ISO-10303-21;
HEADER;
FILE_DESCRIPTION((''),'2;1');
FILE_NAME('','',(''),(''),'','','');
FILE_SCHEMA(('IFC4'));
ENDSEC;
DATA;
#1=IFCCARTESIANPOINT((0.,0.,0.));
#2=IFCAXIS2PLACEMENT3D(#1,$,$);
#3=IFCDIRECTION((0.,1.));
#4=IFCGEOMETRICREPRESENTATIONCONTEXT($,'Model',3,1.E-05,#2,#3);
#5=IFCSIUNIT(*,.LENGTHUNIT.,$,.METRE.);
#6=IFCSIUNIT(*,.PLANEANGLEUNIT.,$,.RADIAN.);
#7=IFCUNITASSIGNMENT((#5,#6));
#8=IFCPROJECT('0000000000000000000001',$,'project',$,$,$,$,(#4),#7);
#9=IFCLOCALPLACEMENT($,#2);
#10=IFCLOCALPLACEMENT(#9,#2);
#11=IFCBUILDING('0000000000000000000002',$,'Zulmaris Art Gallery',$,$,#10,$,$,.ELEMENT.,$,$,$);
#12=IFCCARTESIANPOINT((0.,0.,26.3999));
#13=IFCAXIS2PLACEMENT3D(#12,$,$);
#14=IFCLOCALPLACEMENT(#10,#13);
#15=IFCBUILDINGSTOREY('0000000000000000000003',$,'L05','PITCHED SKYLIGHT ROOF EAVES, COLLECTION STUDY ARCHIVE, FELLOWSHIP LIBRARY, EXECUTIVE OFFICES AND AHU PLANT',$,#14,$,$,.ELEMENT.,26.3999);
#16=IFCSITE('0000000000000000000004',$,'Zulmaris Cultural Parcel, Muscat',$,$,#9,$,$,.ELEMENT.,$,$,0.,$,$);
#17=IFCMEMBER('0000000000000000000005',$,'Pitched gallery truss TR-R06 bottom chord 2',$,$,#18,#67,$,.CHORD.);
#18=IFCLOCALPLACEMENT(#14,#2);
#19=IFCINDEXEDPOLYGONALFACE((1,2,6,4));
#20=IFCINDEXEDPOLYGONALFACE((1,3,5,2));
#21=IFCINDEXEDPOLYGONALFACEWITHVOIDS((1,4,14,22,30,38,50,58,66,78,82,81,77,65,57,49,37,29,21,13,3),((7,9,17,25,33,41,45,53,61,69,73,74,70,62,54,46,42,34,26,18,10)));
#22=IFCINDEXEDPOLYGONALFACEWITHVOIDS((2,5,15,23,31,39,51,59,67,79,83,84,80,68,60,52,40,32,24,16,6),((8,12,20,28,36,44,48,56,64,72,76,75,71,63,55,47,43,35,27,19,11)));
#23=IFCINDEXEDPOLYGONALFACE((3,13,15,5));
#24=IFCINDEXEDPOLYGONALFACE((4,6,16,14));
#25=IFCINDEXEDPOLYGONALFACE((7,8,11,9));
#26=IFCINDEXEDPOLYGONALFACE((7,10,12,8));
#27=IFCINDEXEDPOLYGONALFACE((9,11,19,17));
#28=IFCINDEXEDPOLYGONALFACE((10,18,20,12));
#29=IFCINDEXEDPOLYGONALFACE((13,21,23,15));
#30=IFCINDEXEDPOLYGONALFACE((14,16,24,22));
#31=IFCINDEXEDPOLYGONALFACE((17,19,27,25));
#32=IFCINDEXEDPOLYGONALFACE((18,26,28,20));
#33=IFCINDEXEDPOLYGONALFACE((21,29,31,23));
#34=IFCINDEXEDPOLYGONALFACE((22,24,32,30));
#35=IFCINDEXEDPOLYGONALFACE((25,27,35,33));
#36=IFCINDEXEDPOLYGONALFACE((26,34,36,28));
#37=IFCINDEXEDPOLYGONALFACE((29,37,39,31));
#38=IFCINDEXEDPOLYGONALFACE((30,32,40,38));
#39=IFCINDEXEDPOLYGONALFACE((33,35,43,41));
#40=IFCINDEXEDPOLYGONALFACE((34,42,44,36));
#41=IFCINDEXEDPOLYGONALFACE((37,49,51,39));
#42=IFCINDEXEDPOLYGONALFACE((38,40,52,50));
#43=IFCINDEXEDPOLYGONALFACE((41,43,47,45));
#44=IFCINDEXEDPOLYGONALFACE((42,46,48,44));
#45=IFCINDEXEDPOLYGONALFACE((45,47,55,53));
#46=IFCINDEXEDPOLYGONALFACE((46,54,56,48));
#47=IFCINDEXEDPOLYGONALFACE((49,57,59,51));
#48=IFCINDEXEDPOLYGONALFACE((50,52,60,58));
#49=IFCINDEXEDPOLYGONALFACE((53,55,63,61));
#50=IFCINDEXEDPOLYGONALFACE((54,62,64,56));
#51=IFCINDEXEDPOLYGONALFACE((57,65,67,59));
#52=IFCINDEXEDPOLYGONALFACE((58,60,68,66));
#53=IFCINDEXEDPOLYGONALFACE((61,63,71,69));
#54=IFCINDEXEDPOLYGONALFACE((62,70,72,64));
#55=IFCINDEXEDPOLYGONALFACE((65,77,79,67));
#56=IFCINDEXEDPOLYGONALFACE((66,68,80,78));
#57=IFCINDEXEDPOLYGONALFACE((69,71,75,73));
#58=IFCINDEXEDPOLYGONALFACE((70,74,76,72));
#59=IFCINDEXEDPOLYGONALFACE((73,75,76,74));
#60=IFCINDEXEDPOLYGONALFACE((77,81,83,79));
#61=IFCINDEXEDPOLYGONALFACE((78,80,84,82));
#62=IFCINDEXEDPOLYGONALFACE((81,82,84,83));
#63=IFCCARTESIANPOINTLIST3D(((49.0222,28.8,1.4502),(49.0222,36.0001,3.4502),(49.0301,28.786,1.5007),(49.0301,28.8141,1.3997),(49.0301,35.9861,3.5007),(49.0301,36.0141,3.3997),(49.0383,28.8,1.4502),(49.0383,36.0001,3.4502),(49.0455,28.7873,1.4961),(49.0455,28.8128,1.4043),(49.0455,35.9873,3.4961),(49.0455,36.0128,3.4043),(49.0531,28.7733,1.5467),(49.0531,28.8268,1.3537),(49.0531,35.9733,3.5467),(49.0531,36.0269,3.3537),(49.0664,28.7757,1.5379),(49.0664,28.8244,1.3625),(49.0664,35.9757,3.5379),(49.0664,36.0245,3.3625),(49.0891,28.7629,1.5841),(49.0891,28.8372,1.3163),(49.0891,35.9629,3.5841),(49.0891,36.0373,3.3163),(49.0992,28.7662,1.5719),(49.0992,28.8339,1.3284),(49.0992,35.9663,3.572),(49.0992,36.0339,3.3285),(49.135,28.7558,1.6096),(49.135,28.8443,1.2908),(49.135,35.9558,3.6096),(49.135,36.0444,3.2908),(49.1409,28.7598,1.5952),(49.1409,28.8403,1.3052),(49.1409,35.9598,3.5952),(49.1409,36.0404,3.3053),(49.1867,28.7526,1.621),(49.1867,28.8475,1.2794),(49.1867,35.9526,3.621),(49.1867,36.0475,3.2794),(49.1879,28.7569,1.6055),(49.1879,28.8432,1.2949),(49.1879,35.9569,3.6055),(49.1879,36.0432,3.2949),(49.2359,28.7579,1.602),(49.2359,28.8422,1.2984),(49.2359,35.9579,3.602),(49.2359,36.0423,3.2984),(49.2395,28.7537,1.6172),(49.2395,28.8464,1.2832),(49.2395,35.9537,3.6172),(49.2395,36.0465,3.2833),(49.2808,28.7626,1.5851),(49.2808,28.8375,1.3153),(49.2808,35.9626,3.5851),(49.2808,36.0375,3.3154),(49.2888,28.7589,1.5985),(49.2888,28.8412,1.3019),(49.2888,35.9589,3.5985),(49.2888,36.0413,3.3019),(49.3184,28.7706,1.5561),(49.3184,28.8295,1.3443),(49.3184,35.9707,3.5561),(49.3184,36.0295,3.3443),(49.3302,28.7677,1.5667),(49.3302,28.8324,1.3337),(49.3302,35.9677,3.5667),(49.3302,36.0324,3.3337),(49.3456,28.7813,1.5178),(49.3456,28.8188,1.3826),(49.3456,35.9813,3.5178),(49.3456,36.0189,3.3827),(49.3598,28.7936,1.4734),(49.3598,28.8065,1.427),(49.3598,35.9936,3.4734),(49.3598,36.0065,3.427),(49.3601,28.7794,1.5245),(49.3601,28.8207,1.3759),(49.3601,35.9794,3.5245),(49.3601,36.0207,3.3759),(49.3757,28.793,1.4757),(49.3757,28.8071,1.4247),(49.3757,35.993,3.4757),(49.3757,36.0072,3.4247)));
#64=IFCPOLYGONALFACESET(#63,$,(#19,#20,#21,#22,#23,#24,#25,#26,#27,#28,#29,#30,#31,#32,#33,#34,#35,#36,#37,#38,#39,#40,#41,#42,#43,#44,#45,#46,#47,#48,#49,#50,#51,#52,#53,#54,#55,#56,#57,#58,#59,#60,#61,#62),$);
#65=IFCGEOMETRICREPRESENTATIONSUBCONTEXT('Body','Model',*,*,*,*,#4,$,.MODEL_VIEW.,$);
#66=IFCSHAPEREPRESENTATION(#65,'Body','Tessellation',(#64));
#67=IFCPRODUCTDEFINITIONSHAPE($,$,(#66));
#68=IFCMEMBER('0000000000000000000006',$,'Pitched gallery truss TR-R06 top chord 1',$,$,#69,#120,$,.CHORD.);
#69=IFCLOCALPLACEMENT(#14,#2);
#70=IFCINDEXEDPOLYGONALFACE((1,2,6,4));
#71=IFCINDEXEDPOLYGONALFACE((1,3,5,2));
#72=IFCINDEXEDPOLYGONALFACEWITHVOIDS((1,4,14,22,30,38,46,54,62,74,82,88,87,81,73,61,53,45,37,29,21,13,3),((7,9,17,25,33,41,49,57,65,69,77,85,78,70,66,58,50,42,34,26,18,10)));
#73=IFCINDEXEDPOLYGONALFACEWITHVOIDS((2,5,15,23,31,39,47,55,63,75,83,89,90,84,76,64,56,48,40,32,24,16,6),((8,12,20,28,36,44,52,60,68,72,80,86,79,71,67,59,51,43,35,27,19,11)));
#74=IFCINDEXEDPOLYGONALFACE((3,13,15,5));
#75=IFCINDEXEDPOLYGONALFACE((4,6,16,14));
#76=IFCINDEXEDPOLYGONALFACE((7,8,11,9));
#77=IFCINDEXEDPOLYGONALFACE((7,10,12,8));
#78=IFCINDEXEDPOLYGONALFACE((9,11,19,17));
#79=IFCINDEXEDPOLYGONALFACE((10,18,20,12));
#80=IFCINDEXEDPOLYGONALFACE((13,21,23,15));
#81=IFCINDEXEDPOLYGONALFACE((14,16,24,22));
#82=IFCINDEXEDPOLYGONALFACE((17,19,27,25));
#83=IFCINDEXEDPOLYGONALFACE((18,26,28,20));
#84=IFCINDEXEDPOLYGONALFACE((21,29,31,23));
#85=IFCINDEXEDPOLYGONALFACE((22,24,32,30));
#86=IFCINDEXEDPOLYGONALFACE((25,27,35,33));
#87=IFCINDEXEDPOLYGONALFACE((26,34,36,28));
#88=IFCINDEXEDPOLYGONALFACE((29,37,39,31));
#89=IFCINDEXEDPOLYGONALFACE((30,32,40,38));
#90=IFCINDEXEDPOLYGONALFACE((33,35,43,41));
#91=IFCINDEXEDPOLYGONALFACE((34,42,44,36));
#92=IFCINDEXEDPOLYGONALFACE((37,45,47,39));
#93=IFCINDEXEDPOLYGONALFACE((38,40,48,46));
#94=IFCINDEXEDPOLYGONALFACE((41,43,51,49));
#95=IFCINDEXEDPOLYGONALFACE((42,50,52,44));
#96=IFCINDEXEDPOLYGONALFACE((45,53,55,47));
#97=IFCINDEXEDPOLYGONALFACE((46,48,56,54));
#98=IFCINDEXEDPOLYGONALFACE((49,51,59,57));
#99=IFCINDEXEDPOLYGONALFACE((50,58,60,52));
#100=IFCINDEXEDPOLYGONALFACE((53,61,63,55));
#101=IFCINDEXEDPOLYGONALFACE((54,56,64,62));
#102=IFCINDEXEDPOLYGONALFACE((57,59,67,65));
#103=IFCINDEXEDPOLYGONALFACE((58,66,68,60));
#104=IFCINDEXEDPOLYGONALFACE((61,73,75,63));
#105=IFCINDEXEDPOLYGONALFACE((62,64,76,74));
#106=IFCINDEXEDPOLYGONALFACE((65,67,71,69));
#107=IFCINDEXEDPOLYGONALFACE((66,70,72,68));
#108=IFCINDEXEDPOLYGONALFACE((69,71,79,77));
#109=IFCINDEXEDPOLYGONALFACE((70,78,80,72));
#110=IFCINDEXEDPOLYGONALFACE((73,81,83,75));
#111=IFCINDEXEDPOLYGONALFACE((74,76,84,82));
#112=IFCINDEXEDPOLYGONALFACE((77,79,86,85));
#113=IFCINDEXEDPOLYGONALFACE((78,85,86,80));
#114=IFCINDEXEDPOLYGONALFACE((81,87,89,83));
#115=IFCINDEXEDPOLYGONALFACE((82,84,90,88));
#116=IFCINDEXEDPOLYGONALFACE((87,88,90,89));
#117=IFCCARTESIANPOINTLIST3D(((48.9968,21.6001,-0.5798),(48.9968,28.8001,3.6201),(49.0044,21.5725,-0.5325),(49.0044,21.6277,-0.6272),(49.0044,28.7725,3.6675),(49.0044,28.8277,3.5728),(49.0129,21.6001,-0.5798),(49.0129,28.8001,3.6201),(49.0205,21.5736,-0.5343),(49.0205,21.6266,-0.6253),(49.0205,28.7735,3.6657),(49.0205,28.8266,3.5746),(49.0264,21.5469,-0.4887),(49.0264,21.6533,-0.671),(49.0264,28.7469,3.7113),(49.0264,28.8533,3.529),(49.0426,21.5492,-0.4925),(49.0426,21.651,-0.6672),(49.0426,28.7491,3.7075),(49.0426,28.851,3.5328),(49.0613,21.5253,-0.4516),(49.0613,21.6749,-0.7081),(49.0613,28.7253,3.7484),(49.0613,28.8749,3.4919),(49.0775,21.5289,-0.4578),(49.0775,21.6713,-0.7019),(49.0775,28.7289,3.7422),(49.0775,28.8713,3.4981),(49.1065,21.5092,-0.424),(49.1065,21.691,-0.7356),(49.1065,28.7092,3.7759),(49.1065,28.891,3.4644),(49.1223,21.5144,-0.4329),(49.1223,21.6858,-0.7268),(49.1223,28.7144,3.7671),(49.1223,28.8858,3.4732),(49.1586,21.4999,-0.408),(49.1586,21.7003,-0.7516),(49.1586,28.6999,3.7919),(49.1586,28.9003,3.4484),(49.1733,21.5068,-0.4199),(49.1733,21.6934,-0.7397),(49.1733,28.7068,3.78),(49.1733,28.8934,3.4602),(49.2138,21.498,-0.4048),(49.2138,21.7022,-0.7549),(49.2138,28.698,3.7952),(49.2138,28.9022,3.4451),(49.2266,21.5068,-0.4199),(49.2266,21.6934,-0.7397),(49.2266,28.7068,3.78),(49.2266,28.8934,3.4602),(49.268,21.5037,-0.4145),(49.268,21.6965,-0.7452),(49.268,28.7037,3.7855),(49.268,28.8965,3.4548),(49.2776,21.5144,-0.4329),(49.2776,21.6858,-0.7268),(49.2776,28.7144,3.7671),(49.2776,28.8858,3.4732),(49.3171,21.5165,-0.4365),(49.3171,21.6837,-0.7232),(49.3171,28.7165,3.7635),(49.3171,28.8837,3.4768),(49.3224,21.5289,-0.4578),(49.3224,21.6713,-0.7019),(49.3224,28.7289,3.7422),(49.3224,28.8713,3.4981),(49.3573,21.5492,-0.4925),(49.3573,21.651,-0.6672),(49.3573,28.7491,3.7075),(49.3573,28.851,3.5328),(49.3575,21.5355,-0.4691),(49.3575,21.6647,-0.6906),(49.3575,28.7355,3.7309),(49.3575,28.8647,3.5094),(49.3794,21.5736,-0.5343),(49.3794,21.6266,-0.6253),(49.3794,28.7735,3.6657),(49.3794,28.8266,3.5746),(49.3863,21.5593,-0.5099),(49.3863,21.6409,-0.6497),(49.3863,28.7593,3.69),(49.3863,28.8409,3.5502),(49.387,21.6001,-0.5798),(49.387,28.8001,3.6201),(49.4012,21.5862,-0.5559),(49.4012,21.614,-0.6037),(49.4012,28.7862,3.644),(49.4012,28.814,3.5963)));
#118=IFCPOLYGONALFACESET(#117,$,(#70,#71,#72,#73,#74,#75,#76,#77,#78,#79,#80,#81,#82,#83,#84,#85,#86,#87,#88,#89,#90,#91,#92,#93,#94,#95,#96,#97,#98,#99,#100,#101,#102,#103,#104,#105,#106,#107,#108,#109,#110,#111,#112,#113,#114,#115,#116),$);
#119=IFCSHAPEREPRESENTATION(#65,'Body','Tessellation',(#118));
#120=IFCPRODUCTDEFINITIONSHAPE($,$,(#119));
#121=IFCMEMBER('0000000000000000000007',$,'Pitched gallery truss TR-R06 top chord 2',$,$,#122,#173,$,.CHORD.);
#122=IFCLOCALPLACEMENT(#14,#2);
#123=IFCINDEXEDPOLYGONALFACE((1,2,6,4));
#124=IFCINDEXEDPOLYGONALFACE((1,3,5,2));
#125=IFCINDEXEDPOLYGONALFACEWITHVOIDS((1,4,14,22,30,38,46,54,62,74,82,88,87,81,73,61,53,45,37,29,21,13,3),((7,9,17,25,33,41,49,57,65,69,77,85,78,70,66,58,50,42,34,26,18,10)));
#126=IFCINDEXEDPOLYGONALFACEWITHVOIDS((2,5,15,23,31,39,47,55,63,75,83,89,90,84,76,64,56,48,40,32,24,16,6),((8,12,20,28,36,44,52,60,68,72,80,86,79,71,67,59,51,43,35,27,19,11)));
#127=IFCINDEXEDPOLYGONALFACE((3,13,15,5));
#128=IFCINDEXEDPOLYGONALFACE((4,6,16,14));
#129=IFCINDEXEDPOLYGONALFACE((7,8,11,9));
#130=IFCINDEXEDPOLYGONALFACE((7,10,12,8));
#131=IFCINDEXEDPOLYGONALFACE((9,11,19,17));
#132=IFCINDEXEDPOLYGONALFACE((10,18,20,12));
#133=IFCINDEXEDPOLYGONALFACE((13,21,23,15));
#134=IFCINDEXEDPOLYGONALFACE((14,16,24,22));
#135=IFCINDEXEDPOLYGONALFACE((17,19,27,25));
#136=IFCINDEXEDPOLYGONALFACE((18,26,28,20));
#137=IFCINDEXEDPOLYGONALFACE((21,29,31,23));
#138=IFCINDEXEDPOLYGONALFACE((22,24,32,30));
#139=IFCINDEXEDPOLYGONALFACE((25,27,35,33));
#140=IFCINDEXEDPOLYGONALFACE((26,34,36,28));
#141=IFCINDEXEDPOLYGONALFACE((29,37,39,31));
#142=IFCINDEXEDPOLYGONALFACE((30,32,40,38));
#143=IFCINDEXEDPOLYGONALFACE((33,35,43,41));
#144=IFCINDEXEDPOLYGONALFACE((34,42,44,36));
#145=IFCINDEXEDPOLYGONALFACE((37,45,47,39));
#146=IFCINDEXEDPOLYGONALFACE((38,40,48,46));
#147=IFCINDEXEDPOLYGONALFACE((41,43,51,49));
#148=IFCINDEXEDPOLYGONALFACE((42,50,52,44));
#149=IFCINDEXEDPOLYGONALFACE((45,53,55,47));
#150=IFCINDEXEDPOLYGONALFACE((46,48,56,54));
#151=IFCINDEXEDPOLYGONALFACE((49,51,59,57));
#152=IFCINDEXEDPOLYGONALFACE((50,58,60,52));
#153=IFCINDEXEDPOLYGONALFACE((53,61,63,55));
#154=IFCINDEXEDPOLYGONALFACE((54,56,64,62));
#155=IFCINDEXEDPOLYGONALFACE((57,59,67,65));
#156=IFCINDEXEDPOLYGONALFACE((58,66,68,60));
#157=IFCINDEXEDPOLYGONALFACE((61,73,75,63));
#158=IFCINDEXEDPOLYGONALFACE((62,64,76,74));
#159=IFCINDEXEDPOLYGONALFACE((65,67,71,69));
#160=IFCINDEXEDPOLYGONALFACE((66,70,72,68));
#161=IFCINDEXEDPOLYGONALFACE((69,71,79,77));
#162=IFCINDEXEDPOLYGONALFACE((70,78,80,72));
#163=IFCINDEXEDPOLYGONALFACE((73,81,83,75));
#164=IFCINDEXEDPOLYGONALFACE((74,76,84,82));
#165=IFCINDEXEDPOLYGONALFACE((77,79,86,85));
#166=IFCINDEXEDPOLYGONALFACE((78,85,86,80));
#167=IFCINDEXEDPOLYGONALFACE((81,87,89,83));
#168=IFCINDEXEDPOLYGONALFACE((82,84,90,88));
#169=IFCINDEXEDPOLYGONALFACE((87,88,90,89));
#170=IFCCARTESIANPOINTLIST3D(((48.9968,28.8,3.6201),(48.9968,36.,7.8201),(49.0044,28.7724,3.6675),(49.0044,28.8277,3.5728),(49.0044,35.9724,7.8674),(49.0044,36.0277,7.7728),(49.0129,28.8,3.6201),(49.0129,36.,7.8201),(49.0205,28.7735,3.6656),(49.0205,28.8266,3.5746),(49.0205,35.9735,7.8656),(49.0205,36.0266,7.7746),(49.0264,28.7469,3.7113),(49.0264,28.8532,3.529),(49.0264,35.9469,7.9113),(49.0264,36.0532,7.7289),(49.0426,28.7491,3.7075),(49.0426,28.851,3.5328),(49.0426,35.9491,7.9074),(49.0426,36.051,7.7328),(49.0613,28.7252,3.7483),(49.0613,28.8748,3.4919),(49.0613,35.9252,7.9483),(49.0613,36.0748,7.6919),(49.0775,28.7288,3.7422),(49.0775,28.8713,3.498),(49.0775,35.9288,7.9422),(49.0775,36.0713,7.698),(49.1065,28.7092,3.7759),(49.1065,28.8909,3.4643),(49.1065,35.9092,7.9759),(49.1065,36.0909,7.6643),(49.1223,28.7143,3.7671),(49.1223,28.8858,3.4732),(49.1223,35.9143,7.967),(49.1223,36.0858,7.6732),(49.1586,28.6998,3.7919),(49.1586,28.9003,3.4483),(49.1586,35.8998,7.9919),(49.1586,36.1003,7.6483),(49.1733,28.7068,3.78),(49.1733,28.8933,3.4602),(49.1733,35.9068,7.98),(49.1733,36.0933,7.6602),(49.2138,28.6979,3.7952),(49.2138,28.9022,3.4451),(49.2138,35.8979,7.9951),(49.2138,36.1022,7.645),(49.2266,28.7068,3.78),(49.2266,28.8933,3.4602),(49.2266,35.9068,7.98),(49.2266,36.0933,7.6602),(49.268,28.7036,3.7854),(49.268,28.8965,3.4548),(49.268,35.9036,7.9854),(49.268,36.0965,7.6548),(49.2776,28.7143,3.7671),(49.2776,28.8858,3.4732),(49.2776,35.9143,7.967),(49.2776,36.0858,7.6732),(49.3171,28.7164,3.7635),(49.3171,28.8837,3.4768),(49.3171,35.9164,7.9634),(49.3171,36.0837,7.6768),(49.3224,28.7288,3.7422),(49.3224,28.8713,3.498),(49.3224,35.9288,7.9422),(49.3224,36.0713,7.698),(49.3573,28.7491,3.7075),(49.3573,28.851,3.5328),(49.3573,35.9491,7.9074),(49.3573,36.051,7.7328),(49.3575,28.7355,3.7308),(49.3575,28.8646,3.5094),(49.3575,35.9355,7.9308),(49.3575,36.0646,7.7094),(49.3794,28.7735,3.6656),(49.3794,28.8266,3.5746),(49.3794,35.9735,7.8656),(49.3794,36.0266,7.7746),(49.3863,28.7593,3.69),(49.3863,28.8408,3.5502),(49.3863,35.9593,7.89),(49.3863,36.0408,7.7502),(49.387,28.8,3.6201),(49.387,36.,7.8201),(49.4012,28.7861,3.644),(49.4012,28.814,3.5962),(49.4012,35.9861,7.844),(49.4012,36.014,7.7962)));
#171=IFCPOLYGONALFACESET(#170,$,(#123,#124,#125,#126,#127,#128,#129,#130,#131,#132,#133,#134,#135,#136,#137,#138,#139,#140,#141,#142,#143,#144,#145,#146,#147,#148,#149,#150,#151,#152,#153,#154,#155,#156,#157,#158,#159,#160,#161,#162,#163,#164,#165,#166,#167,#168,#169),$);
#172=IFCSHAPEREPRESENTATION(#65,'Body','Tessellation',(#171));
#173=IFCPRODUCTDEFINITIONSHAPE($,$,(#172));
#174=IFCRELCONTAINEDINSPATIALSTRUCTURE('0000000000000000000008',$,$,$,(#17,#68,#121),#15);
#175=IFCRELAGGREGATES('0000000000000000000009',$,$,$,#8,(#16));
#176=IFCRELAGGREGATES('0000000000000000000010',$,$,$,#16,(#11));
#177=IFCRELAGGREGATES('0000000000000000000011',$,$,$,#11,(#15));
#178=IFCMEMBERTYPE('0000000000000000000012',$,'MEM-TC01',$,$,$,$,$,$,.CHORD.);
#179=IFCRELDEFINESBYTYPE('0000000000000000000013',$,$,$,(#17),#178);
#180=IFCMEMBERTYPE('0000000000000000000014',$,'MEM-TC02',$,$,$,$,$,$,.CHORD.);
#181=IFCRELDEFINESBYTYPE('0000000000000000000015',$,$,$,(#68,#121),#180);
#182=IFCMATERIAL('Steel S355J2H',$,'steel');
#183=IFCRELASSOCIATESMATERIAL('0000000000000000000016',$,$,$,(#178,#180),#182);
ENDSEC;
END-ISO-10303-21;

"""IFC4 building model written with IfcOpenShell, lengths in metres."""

from ifc_helpers import new_model, si_unit, direction, frame, origin, origin_2d, place, context, subcontext, project, spatial, hollow_circle, extrude, material, material_profile, profile_set, type_object, element, save


model = new_model("IFC4")

# Units and contexts
model_context = context("Model", 3, precision=1e-05, world=origin(), true_north=direction((0.0, 1.0)))
body_context = subcontext(model_context, "Body", "Model", "MODEL_VIEW")
ifc_project = project(units=[si_unit("LENGTHUNIT", "METRE"), si_unit("PLANEANGLEUNIT", "RADIAN")], contexts=[model_context])

# Site, building, storey
site_placement = place(None, origin())
site = spatial("IfcSite", under=ifc_project, at=site_placement, Name="Zulmaris Cultural Parcel, Muscat", CompositionType="ELEMENT", RefElevation=0.0)
building_placement = place(site_placement, origin())
building = spatial("IfcBuilding", under=site, at=building_placement, Name="Zulmaris Art Gallery", CompositionType="ELEMENT")
storey_placement = place(building_placement, frame((0.0, 0.0, 26.3999)))
storey = spatial("IfcBuildingStorey", under=building, at=storey_placement, Name="L05", Description="PITCHED SKYLIGHT ROOF EAVES, COLLECTION STUDY ARCHIVE, FELLOWSHIP LIBRARY, EXECUTIVE OFFICES AND AHU PLANT", CompositionType="ELEMENT", Elevation=26.3999)

# Members
ifc_material_1 = material(Name="Steel S355J2H", Category="steel")
ifc_material_profile_1 = material_profile(ifc_material_1, hollow_circle(Radius=0.1777, WallThickness=0.0161, at=origin_2d()), Name="CHS 355.6x16")
ifc_profile_set_1 = profile_set([ifc_material_profile_1], Name="Steel S355J2H")
member_type_1 = type_object("IfcMemberType", Name="MEM-TC01", PredefinedType="CHORD", material=ifc_profile_set_1)
for number, where, z_axis, x_axis, name in (
    (1, (49.2, 28.8, 1.4502), (0.0, 0.963517, 0.267646), (-1.0, 0.0, 0.0), "Pitched gallery truss TR-R06 bottom chord 2"),
):
    element("IfcMember", number, at=place(storey_placement, frame(where, z_axis=z_axis, x_axis=x_axis)), inside=storey, type_object=member_type_1, Name=name, PredefinedType="CHORD", context=body_context, shape_type="SweptSolid", body=[
        extrude(hollow_circle(Radius=0.1777, WallThickness=0.0161, at=origin_2d()), origin(), (0.0, 0.0, 1.0), 7.4727),
    ])
ifc_material_profile_2 = material_profile(ifc_material_1, hollow_circle(Radius=0.2031, WallThickness=0.0161, at=origin_2d()), Name="CHS 406.4x16")
ifc_profile_set_2 = profile_set([ifc_material_profile_2], Name="Steel S355J2H")
member_type_2 = type_object("IfcMemberType", Name="MEM-TC02", PredefinedType="CHORD", material=ifc_profile_set_2)
for number, where, z_axis, x_axis, name in (
    (2, (49.2, 21.6001, -0.5798), (0.0, 0.86378, 0.503869), (-1.0, 0.0, 0.0), "Pitched gallery truss TR-R06 top chord 1"),
    (3, (49.2, 28.8, 3.6201), (0.0, 0.86378, 0.503869), (-1.0, 0.0, 0.0), "Pitched gallery truss TR-R06 top chord 2"),
):
    element("IfcMember", number, at=place(storey_placement, frame(where, z_axis=z_axis, x_axis=x_axis)), inside=storey, type_object=member_type_2, Name=name, PredefinedType="CHORD", context=body_context, shape_type="SweptSolid", body=[
        extrude(hollow_circle(Radius=0.2031, WallThickness=0.0161, at=origin_2d()), origin(), (0.0, 0.0, 1.0), 8.3354),
    ])

save(model, "model.ifc")
